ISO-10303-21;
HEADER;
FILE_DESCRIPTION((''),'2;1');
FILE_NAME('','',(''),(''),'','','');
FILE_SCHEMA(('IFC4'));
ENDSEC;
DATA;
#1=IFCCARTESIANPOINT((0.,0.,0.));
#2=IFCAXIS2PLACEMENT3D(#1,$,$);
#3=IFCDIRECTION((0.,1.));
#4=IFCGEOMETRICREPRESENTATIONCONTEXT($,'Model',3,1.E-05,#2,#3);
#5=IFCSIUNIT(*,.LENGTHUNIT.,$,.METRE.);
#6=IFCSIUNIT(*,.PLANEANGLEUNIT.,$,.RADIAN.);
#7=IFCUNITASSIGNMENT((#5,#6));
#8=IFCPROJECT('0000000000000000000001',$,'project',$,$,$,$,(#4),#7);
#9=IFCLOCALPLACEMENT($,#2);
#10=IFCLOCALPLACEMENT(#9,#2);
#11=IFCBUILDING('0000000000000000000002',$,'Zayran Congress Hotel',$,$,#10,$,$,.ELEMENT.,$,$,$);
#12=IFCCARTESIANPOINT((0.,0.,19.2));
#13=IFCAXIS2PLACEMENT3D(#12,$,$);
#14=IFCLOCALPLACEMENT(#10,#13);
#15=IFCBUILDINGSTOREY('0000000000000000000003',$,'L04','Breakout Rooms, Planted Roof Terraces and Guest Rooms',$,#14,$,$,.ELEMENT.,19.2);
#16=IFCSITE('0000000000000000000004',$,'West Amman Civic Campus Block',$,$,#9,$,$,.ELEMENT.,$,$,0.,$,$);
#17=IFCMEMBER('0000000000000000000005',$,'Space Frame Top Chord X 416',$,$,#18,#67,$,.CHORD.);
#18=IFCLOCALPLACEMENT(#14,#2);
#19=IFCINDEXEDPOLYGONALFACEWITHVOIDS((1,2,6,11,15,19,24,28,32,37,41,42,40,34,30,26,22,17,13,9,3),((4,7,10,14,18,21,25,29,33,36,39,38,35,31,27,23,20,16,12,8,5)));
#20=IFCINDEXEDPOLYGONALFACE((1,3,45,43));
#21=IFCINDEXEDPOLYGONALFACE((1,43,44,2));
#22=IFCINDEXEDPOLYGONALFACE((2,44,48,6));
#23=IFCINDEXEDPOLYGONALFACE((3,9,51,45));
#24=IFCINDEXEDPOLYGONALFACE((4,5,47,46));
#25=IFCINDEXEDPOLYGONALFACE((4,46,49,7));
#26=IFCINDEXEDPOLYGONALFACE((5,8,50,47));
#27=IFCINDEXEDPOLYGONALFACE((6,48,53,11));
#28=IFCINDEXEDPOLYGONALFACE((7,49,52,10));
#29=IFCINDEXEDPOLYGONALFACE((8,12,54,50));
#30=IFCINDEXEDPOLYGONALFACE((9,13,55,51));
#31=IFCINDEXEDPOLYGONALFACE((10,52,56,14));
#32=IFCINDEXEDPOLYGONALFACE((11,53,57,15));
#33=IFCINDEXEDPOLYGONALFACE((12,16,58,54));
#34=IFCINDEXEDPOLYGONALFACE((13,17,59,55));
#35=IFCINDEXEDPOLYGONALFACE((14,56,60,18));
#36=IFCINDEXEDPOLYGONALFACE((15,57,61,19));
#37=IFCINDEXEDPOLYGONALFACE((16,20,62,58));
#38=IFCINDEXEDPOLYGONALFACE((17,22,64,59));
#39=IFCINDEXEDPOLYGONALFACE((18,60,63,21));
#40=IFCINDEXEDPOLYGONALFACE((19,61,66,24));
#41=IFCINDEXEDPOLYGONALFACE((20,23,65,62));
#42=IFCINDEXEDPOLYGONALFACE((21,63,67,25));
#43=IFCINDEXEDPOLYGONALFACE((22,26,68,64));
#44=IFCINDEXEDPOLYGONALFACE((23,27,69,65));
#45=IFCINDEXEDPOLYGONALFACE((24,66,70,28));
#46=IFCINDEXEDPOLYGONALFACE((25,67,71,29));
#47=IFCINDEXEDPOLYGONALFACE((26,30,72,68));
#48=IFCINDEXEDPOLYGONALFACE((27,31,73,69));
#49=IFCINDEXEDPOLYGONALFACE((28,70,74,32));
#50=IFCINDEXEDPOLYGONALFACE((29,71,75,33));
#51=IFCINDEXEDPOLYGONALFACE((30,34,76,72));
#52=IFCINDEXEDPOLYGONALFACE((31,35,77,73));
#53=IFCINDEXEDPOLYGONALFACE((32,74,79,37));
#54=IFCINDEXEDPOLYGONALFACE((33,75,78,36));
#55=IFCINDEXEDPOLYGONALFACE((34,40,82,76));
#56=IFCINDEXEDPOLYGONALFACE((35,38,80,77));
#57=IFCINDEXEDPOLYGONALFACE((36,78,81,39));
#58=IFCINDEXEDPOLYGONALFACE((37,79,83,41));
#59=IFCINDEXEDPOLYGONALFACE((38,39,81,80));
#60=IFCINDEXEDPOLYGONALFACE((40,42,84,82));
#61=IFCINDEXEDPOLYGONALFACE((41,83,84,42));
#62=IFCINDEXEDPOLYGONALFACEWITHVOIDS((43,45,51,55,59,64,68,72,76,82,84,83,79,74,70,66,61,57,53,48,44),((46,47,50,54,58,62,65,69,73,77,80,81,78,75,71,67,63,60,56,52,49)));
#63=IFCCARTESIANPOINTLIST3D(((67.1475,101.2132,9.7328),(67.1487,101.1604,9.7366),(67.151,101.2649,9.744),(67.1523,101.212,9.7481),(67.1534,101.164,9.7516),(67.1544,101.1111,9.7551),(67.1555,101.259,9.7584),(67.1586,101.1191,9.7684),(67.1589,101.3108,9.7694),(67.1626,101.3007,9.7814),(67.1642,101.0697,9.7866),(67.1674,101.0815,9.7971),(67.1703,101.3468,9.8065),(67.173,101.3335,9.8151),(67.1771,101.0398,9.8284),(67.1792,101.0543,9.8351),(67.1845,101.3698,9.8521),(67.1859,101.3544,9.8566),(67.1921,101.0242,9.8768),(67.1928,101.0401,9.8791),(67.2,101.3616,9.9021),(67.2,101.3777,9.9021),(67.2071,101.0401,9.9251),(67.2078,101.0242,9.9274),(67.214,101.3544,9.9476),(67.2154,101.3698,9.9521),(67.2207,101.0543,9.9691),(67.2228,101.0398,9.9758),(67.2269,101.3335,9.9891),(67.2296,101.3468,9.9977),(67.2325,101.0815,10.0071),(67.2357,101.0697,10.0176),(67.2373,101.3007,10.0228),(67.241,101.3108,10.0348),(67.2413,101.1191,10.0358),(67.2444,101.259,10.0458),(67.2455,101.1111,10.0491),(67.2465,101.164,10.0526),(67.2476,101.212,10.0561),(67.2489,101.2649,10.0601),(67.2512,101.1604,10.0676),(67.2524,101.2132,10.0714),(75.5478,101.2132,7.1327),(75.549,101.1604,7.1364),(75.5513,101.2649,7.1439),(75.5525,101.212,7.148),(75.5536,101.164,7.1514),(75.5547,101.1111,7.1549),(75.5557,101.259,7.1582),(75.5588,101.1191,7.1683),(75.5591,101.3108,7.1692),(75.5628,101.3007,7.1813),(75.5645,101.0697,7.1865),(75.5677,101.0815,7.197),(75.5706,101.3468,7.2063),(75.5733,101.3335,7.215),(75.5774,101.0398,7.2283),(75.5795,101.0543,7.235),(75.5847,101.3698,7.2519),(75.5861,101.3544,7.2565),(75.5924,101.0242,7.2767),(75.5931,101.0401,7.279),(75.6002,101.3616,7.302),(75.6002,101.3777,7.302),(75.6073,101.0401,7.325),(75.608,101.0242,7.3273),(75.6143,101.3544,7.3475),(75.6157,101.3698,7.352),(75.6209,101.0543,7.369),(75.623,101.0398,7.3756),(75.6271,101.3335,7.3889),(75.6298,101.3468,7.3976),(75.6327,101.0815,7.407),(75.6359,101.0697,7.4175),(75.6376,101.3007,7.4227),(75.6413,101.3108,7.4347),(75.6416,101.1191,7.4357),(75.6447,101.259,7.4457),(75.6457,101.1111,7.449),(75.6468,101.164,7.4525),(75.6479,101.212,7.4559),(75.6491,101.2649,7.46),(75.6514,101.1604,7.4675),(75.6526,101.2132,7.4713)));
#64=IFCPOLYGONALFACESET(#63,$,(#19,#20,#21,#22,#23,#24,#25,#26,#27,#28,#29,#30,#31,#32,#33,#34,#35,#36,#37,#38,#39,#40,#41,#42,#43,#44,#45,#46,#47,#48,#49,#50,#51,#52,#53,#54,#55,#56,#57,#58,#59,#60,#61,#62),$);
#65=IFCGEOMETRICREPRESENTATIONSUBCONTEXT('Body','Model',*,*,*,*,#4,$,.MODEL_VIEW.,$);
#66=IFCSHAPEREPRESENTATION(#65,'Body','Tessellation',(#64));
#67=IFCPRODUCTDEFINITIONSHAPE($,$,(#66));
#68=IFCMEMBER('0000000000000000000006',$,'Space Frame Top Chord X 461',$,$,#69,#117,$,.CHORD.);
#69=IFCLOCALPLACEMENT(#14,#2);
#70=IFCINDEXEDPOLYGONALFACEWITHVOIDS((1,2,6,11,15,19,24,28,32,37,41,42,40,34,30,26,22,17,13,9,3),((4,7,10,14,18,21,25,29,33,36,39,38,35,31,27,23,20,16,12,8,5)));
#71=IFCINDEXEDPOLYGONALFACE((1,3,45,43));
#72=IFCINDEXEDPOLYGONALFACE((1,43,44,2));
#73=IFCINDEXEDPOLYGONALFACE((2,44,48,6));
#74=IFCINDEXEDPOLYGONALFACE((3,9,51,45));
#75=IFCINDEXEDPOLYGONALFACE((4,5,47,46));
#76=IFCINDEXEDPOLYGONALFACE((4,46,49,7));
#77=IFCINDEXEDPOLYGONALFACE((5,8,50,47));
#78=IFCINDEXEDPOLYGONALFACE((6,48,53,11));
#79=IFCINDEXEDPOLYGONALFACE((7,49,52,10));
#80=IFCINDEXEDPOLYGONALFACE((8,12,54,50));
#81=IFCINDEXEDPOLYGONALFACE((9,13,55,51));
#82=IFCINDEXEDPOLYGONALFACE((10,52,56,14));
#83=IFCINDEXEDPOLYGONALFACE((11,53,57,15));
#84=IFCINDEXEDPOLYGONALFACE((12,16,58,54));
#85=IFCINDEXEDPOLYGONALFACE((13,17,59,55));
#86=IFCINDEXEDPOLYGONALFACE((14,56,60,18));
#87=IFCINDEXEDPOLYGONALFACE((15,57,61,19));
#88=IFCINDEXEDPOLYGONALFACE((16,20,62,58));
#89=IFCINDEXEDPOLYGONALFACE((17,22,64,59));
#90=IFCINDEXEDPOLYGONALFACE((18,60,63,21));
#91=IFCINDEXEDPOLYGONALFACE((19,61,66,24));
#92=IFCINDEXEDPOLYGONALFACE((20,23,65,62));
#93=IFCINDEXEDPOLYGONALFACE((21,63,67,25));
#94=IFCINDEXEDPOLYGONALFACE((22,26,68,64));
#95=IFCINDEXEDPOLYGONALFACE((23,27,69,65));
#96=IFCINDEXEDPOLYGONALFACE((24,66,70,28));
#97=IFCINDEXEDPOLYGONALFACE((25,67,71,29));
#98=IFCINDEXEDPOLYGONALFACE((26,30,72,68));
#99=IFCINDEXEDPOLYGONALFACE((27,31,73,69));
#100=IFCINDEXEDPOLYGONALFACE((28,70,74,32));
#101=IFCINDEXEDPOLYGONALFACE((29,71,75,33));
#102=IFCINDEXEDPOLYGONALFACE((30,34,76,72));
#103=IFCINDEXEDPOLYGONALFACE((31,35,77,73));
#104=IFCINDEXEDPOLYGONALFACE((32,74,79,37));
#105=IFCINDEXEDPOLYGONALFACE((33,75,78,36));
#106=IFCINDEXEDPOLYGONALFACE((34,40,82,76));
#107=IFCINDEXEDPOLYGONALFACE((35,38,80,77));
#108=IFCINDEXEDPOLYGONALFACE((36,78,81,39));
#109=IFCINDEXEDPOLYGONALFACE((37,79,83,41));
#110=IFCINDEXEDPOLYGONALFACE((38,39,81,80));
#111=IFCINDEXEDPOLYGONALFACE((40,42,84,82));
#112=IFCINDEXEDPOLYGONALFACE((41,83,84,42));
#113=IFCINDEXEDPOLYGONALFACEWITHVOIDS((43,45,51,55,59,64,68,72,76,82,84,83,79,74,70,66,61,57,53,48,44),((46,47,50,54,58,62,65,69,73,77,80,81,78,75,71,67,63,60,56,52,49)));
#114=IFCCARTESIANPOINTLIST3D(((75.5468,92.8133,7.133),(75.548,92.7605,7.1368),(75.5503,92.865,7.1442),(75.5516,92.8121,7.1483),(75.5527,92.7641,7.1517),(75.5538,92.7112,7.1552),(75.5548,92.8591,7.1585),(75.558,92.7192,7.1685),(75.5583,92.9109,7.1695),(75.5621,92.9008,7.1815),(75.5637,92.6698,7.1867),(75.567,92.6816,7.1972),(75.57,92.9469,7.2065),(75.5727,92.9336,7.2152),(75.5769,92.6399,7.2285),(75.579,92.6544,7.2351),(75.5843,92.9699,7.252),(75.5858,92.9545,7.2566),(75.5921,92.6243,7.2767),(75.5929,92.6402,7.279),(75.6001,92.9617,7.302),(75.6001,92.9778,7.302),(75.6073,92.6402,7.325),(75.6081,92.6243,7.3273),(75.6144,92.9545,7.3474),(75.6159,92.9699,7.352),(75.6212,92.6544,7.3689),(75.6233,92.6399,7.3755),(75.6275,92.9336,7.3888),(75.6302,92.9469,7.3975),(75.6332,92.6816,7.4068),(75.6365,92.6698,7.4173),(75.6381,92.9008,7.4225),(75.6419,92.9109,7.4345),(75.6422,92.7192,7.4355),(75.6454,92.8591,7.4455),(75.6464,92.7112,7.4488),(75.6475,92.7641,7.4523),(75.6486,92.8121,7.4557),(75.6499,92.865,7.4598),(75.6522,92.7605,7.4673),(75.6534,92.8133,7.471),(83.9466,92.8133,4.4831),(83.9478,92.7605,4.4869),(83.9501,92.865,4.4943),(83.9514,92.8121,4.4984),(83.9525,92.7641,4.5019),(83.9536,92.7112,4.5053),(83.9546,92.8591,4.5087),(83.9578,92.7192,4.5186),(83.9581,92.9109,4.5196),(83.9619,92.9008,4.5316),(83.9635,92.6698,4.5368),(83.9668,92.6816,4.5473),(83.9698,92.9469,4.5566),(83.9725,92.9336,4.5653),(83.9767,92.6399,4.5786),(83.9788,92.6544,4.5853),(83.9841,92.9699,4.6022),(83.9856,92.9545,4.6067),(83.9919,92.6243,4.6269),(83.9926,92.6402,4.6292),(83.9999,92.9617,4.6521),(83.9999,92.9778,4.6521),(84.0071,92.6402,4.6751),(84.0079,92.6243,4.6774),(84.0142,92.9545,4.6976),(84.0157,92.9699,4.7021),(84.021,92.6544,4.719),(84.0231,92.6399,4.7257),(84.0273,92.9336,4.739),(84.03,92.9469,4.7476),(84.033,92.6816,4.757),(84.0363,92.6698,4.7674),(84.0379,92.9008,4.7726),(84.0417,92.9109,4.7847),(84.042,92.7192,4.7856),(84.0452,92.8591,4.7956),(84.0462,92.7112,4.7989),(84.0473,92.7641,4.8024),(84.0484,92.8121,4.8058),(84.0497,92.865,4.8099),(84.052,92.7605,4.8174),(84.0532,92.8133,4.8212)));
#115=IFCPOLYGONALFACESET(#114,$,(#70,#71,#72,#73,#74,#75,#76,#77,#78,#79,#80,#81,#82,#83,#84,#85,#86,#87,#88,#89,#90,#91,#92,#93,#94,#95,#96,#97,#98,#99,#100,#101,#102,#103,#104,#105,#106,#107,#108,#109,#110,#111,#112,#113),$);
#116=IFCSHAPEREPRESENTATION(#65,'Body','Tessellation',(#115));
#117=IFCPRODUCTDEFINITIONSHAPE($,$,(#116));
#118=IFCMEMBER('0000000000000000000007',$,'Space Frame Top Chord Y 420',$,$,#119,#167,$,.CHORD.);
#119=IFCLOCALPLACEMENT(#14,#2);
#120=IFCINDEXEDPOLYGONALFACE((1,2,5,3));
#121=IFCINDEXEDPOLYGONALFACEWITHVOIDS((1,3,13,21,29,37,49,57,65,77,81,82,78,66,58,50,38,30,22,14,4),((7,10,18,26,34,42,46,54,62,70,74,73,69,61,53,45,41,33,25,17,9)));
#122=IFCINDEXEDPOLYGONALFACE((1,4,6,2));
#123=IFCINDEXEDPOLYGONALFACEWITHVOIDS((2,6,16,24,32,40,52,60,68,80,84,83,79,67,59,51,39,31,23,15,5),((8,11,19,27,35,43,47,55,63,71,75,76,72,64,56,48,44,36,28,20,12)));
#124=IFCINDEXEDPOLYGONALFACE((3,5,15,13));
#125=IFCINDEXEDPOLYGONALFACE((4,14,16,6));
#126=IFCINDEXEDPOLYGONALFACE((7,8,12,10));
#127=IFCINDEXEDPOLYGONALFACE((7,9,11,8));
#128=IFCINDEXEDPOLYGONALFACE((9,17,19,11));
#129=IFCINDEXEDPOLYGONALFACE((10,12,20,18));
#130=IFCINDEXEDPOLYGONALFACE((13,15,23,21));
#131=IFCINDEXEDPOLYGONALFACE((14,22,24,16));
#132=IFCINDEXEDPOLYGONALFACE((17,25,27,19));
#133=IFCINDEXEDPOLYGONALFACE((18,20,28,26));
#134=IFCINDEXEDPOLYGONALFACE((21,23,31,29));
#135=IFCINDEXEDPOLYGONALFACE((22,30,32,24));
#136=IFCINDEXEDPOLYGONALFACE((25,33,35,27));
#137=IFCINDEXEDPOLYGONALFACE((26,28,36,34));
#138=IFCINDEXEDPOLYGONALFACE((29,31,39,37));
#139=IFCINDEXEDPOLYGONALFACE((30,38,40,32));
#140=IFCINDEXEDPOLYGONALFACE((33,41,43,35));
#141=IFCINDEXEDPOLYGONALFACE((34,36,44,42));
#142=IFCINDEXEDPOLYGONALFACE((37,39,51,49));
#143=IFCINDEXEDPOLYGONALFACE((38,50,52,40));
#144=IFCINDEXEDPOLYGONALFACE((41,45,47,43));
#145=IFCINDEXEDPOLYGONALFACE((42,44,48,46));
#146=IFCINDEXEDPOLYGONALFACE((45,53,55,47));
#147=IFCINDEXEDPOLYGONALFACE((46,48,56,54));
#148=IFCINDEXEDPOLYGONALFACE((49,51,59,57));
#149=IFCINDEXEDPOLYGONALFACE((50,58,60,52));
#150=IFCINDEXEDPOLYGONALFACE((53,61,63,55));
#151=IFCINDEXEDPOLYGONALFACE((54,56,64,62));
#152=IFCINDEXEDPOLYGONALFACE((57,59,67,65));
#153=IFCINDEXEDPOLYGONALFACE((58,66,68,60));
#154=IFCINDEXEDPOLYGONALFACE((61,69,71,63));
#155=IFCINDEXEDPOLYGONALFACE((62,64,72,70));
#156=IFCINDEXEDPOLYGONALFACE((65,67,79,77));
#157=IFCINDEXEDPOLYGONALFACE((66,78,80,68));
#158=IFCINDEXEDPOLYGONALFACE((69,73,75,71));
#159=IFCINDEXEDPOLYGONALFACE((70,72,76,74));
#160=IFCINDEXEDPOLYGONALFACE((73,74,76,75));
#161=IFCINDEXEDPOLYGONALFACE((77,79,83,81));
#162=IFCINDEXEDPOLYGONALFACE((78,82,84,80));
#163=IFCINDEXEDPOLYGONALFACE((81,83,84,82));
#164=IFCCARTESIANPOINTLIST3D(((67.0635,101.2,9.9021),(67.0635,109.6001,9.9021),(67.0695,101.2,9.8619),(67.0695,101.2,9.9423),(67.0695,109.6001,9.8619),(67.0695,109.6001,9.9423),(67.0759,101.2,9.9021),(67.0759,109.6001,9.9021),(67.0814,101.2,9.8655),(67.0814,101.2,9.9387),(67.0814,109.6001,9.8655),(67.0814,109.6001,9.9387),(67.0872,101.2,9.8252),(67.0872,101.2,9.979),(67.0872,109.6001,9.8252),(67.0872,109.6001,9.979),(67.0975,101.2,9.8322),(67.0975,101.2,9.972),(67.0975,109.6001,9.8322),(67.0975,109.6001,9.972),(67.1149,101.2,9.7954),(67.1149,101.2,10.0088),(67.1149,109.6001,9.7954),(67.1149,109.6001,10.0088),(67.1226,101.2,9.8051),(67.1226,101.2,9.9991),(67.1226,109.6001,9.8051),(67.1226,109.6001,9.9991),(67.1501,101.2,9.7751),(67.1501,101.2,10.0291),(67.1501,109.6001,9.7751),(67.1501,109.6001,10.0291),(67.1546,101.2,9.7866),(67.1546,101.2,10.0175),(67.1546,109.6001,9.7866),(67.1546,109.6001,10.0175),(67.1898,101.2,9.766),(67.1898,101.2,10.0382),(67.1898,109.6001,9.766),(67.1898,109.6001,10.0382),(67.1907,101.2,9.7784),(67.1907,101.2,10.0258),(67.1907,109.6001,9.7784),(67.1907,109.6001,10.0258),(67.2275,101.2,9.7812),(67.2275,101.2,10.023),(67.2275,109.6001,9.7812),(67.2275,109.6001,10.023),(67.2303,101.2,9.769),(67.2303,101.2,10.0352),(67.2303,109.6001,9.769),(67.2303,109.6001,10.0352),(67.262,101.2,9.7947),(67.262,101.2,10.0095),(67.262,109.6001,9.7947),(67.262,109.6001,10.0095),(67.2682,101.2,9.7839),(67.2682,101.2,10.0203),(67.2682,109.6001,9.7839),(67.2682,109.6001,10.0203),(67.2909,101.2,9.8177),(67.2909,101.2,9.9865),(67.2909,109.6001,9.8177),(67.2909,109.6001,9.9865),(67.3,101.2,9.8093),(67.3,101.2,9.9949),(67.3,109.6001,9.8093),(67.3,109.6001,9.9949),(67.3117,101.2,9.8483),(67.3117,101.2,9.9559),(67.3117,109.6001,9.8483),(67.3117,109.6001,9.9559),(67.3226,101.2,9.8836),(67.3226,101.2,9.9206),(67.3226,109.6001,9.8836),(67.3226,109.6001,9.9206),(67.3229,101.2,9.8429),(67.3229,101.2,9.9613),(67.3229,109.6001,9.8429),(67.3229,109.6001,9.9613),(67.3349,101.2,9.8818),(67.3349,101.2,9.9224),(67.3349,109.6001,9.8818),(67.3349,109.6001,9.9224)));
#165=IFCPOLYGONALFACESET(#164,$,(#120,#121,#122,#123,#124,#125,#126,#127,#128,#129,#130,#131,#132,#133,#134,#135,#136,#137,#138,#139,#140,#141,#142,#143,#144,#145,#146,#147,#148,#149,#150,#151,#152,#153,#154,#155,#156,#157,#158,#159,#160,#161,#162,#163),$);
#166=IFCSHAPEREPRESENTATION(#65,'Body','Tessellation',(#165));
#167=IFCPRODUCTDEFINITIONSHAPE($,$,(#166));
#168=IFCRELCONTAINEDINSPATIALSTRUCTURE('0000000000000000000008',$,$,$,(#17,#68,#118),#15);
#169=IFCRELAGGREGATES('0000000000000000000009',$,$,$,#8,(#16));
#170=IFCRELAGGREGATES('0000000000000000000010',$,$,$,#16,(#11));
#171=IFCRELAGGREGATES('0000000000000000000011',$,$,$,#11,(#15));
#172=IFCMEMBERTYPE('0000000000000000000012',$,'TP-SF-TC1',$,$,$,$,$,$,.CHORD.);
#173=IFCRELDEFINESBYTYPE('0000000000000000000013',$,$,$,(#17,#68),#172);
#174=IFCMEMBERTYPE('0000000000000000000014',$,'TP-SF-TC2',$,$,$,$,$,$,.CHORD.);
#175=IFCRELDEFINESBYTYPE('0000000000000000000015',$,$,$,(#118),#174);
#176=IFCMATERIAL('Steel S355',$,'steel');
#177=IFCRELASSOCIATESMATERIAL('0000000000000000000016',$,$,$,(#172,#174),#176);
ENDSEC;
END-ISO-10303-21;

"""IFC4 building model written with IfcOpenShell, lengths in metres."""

from ifc_helpers import new_model, si_unit, direction, frame, origin, origin_2d, place, context, subcontext, project, spatial, hollow_circle, extrude, material, material_profile, profile_set, type_object, element, save


model = new_model("IFC4")

# Units and contexts
model_context = context("Model", 3, precision=1e-05, world=origin(), true_north=direction((0.0, 1.0)))
body_context = subcontext(model_context, "Body", "Model", "MODEL_VIEW")
ifc_project = project(units=[si_unit("LENGTHUNIT", "METRE"), si_unit("PLANEANGLEUNIT", "RADIAN")], contexts=[model_context])

# Site, building, storey
site_placement = place(None, origin())
site = spatial("IfcSite", under=ifc_project, at=site_placement, Name="West Amman Civic Campus Block", CompositionType="ELEMENT", RefElevation=0.0)
building_placement = place(site_placement, origin())
building = spatial("IfcBuilding", under=site, at=building_placement, Name="Zayran Congress Hotel", CompositionType="ELEMENT")
storey_placement = place(building_placement, frame((0.0, 0.0, 19.2)))
storey = spatial("IfcBuildingStorey", under=building, at=storey_placement, Name="L04", Description="Breakout Rooms, Planted Roof Terraces and Guest Rooms", CompositionType="ELEMENT", Elevation=19.2)

# Members
ifc_material_1 = material(Name="Steel S355", Category="steel")
ifc_material_profile_1 = material_profile(ifc_material_1, hollow_circle(Radius=0.1777, WallThickness=0.0161, at=origin_2d()), Name="CHS 355.6x16")
ifc_profile_set_1 = profile_set([ifc_material_profile_1], Name="Steel S355")
member_type_1 = type_object("IfcMemberType", Name="TP-SF-TC1", PredefinedType="CHORD", material=ifc_profile_set_1)
member_1_placement = place(storey_placement, frame((67.2, 101.2, 9.9021), z_axis=(0.955284, 0.0, -0.295689), x_axis=(0.0, 1.0, 0.0)))
element("IfcMember", 1, at=member_1_placement, inside=storey, type_object=member_type_1, Name="Space Frame Top Chord X 416", PredefinedType="CHORD", context=body_context, shape_type="SweptSolid", body=[
    extrude(hollow_circle(Radius=0.1777, WallThickness=0.0161, at=origin_2d()), origin(), (0.0, 0.0, 1.0), 8.7935),
])
member_2_placement = place(storey_placement, frame((75.6001, 92.8, 7.302), z_axis=(0.953671, 0.0, -0.300853), x_axis=(0.0, 1.0, 0.0)))
element("IfcMember", 2, at=member_2_placement, inside=storey, type_object=member_type_1, Name="Space Frame Top Chord X 461", PredefinedType="CHORD", context=body_context, shape_type="SweptSolid", body=[
    extrude(hollow_circle(Radius=0.1777, WallThickness=0.0161, at=origin_2d()), origin(), (0.0, 0.0, 1.0), 8.8079),
])
ifc_material_profile_2 = material_profile(ifc_material_1, hollow_circle(Radius=0.1365, WallThickness=0.0125, at=origin_2d()), Name="CHS 273x12.5")
ifc_profile_set_2 = profile_set([ifc_material_profile_2], Name="Steel S355")
member_type_2 = type_object("IfcMemberType", Name="TP-SF-TC2", PredefinedType="CHORD", material=ifc_profile_set_2)
member_3_placement = place(storey_placement, frame((67.2, 101.2, 9.9021), z_axis=(0.0, 1.0, 0.0), x_axis=(-1.0, 0.0, 0.0)))
element("IfcMember", 3, at=member_3_placement, inside=storey, type_object=member_type_2, Name="Space Frame Top Chord Y 420", PredefinedType="CHORD", context=body_context, shape_type="SweptSolid", body=[
    extrude(hollow_circle(Radius=0.1365, WallThickness=0.0125, at=origin_2d()), origin(), (0.0, 0.0, 1.0), 8.4001),
])

save(model, "model.ifc")
